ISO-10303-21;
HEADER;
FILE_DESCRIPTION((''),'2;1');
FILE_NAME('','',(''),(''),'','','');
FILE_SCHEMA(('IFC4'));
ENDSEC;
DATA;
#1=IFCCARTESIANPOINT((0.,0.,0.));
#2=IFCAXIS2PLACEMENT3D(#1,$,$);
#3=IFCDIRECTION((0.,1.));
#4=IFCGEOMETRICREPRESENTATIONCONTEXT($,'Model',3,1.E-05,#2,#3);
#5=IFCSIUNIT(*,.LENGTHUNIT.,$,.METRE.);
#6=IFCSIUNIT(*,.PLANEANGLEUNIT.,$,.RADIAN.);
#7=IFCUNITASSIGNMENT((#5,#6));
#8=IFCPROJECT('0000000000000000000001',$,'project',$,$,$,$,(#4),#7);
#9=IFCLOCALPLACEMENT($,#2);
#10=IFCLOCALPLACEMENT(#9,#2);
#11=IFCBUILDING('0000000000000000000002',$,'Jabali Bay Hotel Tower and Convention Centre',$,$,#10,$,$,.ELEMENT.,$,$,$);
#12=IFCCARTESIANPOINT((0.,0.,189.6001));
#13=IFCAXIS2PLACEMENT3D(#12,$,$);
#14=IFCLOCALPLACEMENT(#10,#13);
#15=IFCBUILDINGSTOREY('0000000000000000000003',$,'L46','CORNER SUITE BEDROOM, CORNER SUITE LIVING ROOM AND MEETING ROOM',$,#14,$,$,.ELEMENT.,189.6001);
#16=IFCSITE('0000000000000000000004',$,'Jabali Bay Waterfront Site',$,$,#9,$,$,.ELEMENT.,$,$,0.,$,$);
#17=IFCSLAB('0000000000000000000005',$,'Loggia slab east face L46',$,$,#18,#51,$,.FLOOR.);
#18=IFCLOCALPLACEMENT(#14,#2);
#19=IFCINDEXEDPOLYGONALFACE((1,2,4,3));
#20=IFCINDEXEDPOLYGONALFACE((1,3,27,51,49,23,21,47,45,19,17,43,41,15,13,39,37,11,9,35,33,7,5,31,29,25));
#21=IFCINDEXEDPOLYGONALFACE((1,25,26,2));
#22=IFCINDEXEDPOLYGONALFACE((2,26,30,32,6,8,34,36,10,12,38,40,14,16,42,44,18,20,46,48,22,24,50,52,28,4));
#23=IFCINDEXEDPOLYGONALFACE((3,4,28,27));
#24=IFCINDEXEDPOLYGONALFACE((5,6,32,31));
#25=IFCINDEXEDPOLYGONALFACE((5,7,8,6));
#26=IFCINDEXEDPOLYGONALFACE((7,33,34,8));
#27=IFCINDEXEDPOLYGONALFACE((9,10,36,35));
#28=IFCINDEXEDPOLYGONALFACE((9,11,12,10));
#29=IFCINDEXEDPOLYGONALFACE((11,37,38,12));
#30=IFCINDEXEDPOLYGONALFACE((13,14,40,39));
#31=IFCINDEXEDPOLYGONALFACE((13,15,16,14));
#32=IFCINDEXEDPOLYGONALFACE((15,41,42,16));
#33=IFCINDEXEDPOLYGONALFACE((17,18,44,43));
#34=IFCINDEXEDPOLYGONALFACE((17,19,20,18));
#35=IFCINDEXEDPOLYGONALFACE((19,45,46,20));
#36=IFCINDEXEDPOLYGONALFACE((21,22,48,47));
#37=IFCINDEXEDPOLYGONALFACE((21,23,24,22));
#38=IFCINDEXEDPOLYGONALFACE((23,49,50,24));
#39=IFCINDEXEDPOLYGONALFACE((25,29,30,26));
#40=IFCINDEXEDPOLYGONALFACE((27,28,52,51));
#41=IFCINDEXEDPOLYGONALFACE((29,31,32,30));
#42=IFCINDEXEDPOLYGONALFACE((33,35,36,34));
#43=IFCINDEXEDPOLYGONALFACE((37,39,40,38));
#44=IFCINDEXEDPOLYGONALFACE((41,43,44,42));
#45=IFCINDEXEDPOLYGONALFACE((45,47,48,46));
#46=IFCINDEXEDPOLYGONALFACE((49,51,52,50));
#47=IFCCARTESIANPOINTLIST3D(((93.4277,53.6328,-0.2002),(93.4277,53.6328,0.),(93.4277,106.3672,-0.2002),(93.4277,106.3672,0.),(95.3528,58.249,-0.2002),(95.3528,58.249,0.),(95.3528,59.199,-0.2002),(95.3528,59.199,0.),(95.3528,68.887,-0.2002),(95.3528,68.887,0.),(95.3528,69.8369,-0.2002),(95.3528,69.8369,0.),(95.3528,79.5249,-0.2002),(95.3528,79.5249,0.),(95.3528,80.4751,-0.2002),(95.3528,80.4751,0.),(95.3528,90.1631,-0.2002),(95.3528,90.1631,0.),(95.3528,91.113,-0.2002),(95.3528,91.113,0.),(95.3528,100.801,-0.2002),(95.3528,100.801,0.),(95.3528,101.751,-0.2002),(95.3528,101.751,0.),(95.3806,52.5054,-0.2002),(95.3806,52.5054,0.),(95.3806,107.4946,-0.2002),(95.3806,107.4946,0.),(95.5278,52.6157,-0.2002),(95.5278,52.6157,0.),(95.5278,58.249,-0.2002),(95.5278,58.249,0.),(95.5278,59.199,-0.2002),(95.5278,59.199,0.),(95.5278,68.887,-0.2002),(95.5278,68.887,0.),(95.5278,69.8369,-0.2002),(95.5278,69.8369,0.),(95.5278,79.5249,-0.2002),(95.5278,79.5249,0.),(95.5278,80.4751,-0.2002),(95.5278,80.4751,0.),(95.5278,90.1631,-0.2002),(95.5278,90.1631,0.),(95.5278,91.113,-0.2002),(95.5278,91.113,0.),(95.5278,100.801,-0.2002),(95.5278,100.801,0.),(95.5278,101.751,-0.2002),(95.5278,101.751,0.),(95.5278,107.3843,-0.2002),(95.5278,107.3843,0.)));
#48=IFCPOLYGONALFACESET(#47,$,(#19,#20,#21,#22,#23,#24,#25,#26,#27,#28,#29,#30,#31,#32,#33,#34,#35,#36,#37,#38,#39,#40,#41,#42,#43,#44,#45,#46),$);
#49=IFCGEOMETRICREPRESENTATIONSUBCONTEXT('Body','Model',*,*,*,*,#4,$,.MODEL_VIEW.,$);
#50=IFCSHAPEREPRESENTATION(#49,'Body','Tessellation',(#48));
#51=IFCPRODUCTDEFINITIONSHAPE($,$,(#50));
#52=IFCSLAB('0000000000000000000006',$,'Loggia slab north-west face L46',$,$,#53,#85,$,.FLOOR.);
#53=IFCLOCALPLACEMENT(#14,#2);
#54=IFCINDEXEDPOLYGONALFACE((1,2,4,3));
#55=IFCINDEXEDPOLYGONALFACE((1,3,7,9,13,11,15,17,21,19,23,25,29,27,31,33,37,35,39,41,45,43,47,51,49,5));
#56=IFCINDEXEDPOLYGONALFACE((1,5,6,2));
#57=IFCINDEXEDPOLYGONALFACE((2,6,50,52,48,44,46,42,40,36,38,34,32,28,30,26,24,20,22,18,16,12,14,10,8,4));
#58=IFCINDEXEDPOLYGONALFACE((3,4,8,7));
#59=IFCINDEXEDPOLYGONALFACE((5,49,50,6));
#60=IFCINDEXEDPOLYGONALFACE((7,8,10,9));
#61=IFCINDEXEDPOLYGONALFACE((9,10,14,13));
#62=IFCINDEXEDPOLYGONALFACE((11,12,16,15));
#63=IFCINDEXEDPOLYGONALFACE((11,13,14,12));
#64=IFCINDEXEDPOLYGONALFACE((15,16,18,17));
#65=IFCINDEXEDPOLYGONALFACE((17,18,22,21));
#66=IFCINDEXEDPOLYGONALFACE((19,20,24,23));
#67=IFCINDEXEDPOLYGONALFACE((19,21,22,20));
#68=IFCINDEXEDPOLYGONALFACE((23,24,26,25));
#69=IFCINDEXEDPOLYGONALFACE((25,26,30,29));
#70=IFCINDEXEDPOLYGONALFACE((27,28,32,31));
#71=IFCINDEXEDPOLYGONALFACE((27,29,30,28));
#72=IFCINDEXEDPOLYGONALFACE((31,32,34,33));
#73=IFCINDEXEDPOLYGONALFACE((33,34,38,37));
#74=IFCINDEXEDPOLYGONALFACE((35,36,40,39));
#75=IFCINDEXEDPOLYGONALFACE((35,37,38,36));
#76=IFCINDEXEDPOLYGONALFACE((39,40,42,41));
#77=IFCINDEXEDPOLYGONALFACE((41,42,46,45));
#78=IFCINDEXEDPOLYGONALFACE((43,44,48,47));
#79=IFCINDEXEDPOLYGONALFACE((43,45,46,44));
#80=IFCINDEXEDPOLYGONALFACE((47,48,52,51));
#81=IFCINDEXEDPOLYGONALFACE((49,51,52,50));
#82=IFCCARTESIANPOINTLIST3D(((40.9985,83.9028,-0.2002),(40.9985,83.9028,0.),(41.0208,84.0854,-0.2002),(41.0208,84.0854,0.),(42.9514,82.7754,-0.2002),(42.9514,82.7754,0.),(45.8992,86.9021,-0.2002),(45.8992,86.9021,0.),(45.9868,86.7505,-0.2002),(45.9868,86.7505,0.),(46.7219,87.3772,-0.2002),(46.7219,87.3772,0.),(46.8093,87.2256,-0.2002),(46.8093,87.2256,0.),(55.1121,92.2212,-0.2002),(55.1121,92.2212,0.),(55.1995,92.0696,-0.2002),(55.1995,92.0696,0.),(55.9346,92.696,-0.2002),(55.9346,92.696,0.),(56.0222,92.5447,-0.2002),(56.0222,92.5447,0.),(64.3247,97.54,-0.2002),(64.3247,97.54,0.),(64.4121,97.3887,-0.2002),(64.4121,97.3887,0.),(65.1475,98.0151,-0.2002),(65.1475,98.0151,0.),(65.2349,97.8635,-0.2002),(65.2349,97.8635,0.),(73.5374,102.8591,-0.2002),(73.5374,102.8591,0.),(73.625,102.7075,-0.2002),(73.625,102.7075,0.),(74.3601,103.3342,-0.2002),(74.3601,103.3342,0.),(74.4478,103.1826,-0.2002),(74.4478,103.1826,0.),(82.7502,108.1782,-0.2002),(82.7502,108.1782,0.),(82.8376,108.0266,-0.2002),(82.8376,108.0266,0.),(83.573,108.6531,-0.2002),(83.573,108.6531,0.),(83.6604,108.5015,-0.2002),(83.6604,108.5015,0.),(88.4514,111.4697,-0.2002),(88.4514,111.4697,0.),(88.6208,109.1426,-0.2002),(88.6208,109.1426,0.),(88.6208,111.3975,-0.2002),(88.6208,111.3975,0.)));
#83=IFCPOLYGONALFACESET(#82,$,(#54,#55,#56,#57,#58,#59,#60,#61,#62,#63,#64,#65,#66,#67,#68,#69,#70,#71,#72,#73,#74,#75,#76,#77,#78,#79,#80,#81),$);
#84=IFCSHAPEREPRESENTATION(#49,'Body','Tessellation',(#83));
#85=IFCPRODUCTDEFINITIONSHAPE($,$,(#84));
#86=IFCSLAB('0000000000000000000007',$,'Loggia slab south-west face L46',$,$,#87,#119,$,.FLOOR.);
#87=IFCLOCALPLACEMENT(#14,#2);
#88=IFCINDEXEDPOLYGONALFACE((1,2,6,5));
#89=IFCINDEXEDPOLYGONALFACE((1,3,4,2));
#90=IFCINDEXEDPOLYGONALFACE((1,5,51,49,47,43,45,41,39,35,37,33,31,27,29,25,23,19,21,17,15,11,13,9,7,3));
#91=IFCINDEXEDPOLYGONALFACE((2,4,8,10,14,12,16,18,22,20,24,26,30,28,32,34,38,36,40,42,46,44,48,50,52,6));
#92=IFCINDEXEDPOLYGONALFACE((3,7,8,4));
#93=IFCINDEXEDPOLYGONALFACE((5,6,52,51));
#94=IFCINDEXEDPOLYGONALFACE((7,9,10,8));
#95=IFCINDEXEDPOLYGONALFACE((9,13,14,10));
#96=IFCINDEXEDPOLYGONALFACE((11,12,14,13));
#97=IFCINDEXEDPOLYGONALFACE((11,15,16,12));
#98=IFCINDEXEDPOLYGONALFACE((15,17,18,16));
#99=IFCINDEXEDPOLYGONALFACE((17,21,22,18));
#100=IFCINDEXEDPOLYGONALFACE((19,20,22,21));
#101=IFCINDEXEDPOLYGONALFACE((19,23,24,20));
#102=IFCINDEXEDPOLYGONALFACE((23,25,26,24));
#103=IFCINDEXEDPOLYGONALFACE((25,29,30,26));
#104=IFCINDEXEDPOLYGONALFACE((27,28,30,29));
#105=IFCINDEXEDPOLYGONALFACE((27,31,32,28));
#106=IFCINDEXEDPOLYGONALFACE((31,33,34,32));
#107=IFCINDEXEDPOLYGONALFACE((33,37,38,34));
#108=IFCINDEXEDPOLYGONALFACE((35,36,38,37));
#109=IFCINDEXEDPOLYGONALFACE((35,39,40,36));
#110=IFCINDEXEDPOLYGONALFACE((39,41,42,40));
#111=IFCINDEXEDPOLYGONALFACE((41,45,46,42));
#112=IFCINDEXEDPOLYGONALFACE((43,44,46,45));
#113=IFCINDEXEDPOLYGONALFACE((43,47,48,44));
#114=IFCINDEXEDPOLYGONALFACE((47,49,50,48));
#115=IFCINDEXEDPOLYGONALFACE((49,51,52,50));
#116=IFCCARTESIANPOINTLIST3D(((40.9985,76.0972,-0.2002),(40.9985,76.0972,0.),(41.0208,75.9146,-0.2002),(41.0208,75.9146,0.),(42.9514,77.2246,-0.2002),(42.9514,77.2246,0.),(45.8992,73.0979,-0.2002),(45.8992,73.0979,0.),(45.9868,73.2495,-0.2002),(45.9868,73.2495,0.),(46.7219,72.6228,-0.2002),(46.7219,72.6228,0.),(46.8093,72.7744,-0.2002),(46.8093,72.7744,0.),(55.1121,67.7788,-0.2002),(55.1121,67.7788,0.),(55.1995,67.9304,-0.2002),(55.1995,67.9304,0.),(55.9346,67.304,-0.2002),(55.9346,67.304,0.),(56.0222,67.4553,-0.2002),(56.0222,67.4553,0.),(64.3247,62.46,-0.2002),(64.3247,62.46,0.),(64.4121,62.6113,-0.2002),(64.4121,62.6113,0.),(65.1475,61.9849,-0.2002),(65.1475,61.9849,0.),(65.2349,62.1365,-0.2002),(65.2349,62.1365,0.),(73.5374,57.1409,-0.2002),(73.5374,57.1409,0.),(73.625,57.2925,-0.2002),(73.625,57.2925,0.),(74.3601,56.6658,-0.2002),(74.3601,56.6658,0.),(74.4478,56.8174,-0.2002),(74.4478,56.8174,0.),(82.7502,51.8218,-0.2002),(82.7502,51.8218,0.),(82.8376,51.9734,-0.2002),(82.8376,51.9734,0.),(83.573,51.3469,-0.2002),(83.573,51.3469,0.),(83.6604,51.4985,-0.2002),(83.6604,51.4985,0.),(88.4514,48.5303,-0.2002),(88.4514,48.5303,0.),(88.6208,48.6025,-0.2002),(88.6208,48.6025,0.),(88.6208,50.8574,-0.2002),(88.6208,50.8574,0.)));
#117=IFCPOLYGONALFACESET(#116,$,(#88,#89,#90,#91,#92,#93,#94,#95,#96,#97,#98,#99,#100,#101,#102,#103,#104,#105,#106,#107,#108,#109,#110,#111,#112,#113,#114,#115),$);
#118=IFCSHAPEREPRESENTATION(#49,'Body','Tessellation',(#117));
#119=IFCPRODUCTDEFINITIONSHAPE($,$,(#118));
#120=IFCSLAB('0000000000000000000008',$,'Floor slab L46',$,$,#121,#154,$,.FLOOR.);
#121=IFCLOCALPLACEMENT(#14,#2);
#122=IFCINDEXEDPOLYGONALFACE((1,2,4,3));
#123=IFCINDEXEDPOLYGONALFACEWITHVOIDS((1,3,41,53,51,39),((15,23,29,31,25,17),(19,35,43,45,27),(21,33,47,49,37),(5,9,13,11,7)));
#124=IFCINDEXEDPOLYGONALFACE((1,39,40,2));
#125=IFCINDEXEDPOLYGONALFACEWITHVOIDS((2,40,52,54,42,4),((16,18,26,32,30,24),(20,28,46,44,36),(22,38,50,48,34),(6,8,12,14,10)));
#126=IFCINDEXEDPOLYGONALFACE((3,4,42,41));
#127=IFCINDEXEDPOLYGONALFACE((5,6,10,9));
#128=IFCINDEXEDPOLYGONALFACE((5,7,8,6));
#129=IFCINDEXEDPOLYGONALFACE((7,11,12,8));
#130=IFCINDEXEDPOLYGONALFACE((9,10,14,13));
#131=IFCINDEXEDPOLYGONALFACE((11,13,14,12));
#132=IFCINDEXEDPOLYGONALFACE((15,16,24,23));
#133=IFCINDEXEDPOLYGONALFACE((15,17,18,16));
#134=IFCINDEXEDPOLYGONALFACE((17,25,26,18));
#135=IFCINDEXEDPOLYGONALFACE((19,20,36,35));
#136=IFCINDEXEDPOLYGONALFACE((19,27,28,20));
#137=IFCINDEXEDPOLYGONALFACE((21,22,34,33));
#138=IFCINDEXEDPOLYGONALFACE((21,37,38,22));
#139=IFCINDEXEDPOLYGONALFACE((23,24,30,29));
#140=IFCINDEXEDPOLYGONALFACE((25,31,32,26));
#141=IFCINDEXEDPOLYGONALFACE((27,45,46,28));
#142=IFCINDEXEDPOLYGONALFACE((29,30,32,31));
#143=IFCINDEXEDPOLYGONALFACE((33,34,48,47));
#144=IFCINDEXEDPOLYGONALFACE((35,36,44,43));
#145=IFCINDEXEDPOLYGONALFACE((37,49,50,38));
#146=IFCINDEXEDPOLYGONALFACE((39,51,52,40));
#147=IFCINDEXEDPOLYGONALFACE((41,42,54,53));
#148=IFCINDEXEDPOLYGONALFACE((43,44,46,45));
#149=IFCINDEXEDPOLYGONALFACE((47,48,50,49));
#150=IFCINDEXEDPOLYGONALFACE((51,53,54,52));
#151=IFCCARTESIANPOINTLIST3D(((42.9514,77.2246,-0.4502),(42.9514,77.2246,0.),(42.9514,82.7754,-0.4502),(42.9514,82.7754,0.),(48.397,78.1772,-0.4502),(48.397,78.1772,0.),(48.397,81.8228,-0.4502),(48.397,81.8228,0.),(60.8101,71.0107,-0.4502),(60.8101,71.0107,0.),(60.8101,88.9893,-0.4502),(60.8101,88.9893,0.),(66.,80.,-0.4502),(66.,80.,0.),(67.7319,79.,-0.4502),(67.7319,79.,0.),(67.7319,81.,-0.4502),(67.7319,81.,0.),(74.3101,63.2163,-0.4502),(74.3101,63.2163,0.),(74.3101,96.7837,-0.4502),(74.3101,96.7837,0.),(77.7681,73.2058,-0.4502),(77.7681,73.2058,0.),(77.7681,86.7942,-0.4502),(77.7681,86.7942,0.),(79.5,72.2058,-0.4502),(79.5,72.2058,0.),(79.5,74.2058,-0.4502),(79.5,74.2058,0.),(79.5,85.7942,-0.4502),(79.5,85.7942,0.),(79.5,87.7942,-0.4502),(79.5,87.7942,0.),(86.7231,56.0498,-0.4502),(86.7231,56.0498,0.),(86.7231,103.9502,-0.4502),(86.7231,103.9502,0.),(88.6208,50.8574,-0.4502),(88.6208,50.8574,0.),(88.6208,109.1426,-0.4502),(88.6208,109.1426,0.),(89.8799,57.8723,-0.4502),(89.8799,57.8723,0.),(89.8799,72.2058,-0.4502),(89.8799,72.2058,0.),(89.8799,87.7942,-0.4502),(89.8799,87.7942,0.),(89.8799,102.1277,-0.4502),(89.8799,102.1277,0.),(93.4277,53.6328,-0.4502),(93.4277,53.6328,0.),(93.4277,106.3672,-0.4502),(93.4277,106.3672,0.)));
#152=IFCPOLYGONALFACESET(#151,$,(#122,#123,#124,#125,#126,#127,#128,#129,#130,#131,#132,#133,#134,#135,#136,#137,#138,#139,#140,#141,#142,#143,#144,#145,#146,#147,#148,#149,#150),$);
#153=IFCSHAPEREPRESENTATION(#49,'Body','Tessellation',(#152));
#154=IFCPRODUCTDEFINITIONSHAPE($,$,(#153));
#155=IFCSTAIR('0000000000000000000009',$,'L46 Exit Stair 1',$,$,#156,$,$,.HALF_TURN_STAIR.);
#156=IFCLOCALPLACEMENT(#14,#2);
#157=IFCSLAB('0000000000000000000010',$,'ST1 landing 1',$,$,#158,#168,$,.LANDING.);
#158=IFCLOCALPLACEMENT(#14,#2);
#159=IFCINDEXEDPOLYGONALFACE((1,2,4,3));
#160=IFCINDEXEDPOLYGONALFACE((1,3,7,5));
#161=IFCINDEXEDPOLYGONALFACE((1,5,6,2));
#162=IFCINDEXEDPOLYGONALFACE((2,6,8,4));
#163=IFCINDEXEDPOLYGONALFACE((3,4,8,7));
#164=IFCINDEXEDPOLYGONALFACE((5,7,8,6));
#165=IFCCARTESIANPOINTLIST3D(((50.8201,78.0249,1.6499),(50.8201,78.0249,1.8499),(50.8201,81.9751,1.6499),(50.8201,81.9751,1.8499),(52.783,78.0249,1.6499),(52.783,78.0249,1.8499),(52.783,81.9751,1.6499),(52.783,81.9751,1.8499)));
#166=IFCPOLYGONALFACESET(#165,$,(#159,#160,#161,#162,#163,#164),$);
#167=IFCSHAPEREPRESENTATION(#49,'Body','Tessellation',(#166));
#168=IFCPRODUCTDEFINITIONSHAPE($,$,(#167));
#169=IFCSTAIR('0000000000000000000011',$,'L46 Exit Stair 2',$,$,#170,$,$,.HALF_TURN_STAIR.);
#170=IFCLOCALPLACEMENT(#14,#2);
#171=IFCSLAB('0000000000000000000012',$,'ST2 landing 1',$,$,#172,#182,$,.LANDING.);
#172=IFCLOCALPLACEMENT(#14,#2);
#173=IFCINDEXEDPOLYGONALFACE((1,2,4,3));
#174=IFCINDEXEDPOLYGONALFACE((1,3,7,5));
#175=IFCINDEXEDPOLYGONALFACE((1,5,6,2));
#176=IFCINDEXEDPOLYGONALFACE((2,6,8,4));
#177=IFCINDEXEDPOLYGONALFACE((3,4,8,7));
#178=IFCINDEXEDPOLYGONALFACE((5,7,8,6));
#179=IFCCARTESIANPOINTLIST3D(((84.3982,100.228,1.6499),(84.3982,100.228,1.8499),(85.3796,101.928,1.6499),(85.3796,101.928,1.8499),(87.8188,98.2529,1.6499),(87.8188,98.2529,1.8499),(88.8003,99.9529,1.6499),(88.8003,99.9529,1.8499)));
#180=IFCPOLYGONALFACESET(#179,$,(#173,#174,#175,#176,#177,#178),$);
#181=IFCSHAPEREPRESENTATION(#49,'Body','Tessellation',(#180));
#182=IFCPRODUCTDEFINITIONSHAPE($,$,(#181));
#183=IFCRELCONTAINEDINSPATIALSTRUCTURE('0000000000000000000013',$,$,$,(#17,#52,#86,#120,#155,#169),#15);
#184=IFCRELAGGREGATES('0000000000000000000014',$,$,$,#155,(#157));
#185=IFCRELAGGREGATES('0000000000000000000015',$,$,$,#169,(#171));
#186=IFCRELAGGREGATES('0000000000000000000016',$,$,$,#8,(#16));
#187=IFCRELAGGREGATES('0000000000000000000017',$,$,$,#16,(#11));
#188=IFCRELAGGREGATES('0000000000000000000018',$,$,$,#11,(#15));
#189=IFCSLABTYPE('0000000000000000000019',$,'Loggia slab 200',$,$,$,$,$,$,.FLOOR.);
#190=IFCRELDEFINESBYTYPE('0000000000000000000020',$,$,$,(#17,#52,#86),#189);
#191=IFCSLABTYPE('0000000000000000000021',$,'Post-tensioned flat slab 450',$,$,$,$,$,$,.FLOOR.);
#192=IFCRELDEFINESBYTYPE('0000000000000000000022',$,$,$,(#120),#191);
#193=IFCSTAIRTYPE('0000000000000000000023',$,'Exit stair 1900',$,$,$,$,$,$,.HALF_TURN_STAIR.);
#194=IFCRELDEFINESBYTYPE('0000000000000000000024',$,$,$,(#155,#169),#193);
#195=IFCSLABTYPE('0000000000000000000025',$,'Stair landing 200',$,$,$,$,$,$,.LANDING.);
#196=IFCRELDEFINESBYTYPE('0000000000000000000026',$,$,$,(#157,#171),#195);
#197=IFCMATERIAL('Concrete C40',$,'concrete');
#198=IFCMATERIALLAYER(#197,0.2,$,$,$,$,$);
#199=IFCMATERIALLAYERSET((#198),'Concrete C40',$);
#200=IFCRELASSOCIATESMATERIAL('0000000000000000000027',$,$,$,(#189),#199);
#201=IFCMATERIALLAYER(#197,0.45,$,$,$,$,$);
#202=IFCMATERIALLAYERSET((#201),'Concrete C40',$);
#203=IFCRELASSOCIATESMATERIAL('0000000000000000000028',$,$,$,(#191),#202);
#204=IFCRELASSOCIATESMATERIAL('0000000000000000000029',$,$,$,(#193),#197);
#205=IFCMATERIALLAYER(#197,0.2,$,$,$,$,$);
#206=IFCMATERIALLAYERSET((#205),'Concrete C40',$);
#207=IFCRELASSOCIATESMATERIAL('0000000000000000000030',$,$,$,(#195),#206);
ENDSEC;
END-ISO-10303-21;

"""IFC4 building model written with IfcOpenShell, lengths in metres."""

from ifc_helpers import new_model, si_unit, direction, frame, origin, place, context, subcontext, project, spatial, polyline, outline, extrude, material, layer, layer_set, type_object, element, aggregate, save


model = new_model("IFC4")

# Units and contexts
model_context = context("Model", 3, precision=1e-05, world=origin(), true_north=direction((0.0, 1.0)))
body_context = subcontext(model_context, "Body", "Model", "MODEL_VIEW")
ifc_project = project(units=[si_unit("LENGTHUNIT", "METRE"), si_unit("PLANEANGLEUNIT", "RADIAN")], contexts=[model_context])

# Site, building, storey
site_placement = place(None, origin())
site = spatial("IfcSite", under=ifc_project, at=site_placement, Name="Jabali Bay Waterfront Site", CompositionType="ELEMENT", RefElevation=0.0)
building_placement = place(site_placement, origin())
building = spatial("IfcBuilding", under=site, at=building_placement, Name="Jabali Bay Hotel Tower and Convention Centre", CompositionType="ELEMENT")
storey_placement = place(building_placement, frame((0.0, 0.0, 189.6001)))
storey = spatial("IfcBuildingStorey", under=building, at=storey_placement, Name="L46", Description="CORNER SUITE BEDROOM, CORNER SUITE LIVING ROOM AND MEETING ROOM", CompositionType="ELEMENT", Elevation=189.6001)

# Slabs
ifc_material_1 = material(Name="Concrete C40", Category="concrete")
ifc_layer_1 = layer(ifc_material_1, 0.2)
ifc_layer_set_1 = layer_set([ifc_layer_1], Name="Concrete C40")
slab_type_1 = type_object("IfcSlabType", Name="Loggia slab 200", PredefinedType="FLOOR", material=ifc_layer_set_1)
slab_1_placement = place(storey_placement, frame((0.0, 0.0, -0.2002)))
element("IfcSlab", 1, at=slab_1_placement, inside=storey, type_object=slab_type_1, Name="Loggia slab east face L46", PredefinedType="FLOOR", context=body_context, shape_type="SweptSolid", body=[
    extrude(outline(polyline([(93.4277, 106.3672), (95.3806, 107.4946), (95.5278, 107.3843), (95.5278, 101.751), (95.3528, 101.751), (95.3528, 100.801), (95.5278, 100.801), (95.5278, 91.113), (95.3528, 91.113), (95.3528, 90.1631), (95.5278, 90.1631), (95.5278, 80.4751), (95.3528, 80.4751), (95.3528, 79.5249), (95.5278, 79.5249), (95.5278, 69.8369), (95.3528, 69.8369), (95.3528, 68.887), (95.5278, 68.887), (95.5278, 59.199), (95.3528, 59.199), (95.3528, 58.249), (95.5278, 58.249), (95.5278, 52.6157), (95.3806, 52.5054), (93.4277, 53.6328), (93.4277, 106.3672)])), origin(), (0.0, 0.0, 1.0), 0.2002),
])
slab_2_placement = place(storey_placement, frame((0.0, 0.0, -0.2002)))
element("IfcSlab", 2, at=slab_2_placement, inside=storey, type_object=slab_type_1, Name="Loggia slab north-west face L46", PredefinedType="FLOOR", context=body_context, shape_type="SweptSolid", body=[
    extrude(outline(polyline([(42.9514, 82.7754), (40.9985, 83.9028), (41.0208, 84.0854), (45.8992, 86.9021), (45.9868, 86.7505), (46.8093, 87.2256), (46.7219, 87.3772), (55.1121, 92.2212), (55.1995, 92.0696), (56.0222, 92.5447), (55.9346, 92.696), (64.3247, 97.54), (64.4121, 97.3887), (65.2349, 97.8635), (65.1475, 98.0151), (73.5374, 102.8591), (73.625, 102.7075), (74.4478, 103.1826), (74.3601, 103.3342), (82.7502, 108.1782), (82.8376, 108.0266), (83.6604, 108.5015), (83.573, 108.6531), (88.4514, 111.4697), (88.6208, 111.3975), (88.6208, 109.1426), (42.9514, 82.7754)])), origin(), (0.0, 0.0, 1.0), 0.2002),
])
slab_3_placement = place(storey_placement, frame((0.0, 0.0, -0.2002)))
element("IfcSlab", 3, at=slab_3_placement, inside=storey, type_object=slab_type_1, Name="Loggia slab south-west face L46", PredefinedType="FLOOR", context=body_context, shape_type="SweptSolid", body=[
    extrude(outline(polyline([(88.6208, 50.8574), (88.6208, 48.6025), (88.4514, 48.5303), (83.573, 51.3469), (83.6604, 51.4985), (82.8376, 51.9734), (82.7502, 51.8218), (74.3601, 56.6658), (74.4478, 56.8174), (73.625, 57.2925), (73.5374, 57.1409), (65.1475, 61.9849), (65.2349, 62.1365), (64.4121, 62.6113), (64.3247, 62.46), (55.9346, 67.304), (56.0222, 67.4553), (55.1995, 67.9304), (55.1121, 67.7788), (46.7219, 72.6228), (46.8093, 72.7744), (45.9868, 73.2495), (45.8992, 73.0979), (41.0208, 75.9146), (40.9985, 76.0972), (42.9514, 77.2246), (88.6208, 50.8574)])), origin(), (0.0, 0.0, 1.0), 0.2002),
])
ifc_layer_2 = layer(ifc_material_1, 0.45)
ifc_layer_set_2 = layer_set([ifc_layer_2], Name="Concrete C40")
slab_type_2 = type_object("IfcSlabType", Name="Post-tensioned flat slab 450", PredefinedType="FLOOR", material=ifc_layer_set_2)
slab_4_placement = place(storey_placement, frame((0.0, 0.0, -0.4502)))
element("IfcSlab", 4, at=slab_4_placement, inside=storey, type_object=slab_type_2, Name="Floor slab L46", PredefinedType="FLOOR", context=body_context, shape_type="SweptSolid", body=[
    extrude(outline(polyline([(88.6208, 109.1426), (93.4277, 106.3672), (93.4277, 53.6328), (88.6208, 50.8574), (42.9514, 77.2246), (42.9514, 82.7754), (88.6208, 109.1426)]), holes=[polyline([(67.7319, 79.0), (77.7681, 73.2058), (79.5, 74.2058), (79.5, 85.7942), (77.7681, 86.7942), (67.7319, 81.0), (67.7319, 79.0)]), polyline([(48.397, 78.1772), (60.8101, 71.0107), (66.0, 80.0), (60.8101, 88.9893), (48.397, 81.8228), (48.397, 78.1772)]), polyline([(89.8799, 102.1277), (86.7231, 103.9502), (74.3101, 96.7837), (79.5, 87.7942), (89.8799, 87.7942), (89.8799, 102.1277)]), polyline([(74.3101, 63.2163), (86.7231, 56.0498), (89.8799, 57.8723), (89.8799, 72.2058), (79.5, 72.2058), (74.3101, 63.2163)])]), origin(), (0.0, 0.0, 1.0), 0.4502),
])

# Stairs, slabs
stair_type = type_object("IfcStairType", Name="Exit stair 1900", PredefinedType="HALF_TURN_STAIR", material=ifc_material_1)
stair_1_placement = place(storey_placement, origin())
stair_1 = element("IfcStair", 5, at=stair_1_placement, inside=storey, type_object=stair_type, Name="L46 Exit Stair 1", PredefinedType="HALF_TURN_STAIR")
ifc_layer_3 = layer(ifc_material_1, 0.2)
ifc_layer_set_3 = layer_set([ifc_layer_3], Name="Concrete C40")
slab_type_3 = type_object("IfcSlabType", Name="Stair landing 200", PredefinedType="LANDING", material=ifc_layer_set_3)
slab_5_placement = place(storey_placement, frame((0.0, 0.0, 1.6499)))
slab_5 = element("IfcSlab", 6, at=slab_5_placement, type_object=slab_type_3, Name="ST1 landing 1", PredefinedType="LANDING", context=body_context, shape_type="SweptSolid", body=[
    extrude(outline(polyline([(52.783, 81.9751), (50.8201, 81.9751), (50.8201, 78.0249), (52.783, 78.0249), (52.783, 81.9751)])), origin(), (0.0, 0.0, 1.0), 0.2),
])
aggregate(stair_1, [slab_5])
stair_2_placement = place(storey_placement, origin())
stair_2 = element("IfcStair", 7, at=stair_2_placement, inside=storey, type_object=stair_type, Name="L46 Exit Stair 2", PredefinedType="HALF_TURN_STAIR")
slab_6_placement = place(storey_placement, frame((0.0, 0.0, 1.6499)))
slab_6 = element("IfcSlab", 8, at=slab_6_placement, type_object=slab_type_3, Name="ST2 landing 1", PredefinedType="LANDING", context=body_context, shape_type="SweptSolid", body=[
    extrude(outline(polyline([(87.8188, 98.2529), (88.8003, 99.9529), (85.3796, 101.928), (84.3982, 100.228), (87.8188, 98.2529)])), origin(), (0.0, 0.0, 1.0), 0.2),
])
aggregate(stair_2, [slab_6])

save(model, "model.ifc")
